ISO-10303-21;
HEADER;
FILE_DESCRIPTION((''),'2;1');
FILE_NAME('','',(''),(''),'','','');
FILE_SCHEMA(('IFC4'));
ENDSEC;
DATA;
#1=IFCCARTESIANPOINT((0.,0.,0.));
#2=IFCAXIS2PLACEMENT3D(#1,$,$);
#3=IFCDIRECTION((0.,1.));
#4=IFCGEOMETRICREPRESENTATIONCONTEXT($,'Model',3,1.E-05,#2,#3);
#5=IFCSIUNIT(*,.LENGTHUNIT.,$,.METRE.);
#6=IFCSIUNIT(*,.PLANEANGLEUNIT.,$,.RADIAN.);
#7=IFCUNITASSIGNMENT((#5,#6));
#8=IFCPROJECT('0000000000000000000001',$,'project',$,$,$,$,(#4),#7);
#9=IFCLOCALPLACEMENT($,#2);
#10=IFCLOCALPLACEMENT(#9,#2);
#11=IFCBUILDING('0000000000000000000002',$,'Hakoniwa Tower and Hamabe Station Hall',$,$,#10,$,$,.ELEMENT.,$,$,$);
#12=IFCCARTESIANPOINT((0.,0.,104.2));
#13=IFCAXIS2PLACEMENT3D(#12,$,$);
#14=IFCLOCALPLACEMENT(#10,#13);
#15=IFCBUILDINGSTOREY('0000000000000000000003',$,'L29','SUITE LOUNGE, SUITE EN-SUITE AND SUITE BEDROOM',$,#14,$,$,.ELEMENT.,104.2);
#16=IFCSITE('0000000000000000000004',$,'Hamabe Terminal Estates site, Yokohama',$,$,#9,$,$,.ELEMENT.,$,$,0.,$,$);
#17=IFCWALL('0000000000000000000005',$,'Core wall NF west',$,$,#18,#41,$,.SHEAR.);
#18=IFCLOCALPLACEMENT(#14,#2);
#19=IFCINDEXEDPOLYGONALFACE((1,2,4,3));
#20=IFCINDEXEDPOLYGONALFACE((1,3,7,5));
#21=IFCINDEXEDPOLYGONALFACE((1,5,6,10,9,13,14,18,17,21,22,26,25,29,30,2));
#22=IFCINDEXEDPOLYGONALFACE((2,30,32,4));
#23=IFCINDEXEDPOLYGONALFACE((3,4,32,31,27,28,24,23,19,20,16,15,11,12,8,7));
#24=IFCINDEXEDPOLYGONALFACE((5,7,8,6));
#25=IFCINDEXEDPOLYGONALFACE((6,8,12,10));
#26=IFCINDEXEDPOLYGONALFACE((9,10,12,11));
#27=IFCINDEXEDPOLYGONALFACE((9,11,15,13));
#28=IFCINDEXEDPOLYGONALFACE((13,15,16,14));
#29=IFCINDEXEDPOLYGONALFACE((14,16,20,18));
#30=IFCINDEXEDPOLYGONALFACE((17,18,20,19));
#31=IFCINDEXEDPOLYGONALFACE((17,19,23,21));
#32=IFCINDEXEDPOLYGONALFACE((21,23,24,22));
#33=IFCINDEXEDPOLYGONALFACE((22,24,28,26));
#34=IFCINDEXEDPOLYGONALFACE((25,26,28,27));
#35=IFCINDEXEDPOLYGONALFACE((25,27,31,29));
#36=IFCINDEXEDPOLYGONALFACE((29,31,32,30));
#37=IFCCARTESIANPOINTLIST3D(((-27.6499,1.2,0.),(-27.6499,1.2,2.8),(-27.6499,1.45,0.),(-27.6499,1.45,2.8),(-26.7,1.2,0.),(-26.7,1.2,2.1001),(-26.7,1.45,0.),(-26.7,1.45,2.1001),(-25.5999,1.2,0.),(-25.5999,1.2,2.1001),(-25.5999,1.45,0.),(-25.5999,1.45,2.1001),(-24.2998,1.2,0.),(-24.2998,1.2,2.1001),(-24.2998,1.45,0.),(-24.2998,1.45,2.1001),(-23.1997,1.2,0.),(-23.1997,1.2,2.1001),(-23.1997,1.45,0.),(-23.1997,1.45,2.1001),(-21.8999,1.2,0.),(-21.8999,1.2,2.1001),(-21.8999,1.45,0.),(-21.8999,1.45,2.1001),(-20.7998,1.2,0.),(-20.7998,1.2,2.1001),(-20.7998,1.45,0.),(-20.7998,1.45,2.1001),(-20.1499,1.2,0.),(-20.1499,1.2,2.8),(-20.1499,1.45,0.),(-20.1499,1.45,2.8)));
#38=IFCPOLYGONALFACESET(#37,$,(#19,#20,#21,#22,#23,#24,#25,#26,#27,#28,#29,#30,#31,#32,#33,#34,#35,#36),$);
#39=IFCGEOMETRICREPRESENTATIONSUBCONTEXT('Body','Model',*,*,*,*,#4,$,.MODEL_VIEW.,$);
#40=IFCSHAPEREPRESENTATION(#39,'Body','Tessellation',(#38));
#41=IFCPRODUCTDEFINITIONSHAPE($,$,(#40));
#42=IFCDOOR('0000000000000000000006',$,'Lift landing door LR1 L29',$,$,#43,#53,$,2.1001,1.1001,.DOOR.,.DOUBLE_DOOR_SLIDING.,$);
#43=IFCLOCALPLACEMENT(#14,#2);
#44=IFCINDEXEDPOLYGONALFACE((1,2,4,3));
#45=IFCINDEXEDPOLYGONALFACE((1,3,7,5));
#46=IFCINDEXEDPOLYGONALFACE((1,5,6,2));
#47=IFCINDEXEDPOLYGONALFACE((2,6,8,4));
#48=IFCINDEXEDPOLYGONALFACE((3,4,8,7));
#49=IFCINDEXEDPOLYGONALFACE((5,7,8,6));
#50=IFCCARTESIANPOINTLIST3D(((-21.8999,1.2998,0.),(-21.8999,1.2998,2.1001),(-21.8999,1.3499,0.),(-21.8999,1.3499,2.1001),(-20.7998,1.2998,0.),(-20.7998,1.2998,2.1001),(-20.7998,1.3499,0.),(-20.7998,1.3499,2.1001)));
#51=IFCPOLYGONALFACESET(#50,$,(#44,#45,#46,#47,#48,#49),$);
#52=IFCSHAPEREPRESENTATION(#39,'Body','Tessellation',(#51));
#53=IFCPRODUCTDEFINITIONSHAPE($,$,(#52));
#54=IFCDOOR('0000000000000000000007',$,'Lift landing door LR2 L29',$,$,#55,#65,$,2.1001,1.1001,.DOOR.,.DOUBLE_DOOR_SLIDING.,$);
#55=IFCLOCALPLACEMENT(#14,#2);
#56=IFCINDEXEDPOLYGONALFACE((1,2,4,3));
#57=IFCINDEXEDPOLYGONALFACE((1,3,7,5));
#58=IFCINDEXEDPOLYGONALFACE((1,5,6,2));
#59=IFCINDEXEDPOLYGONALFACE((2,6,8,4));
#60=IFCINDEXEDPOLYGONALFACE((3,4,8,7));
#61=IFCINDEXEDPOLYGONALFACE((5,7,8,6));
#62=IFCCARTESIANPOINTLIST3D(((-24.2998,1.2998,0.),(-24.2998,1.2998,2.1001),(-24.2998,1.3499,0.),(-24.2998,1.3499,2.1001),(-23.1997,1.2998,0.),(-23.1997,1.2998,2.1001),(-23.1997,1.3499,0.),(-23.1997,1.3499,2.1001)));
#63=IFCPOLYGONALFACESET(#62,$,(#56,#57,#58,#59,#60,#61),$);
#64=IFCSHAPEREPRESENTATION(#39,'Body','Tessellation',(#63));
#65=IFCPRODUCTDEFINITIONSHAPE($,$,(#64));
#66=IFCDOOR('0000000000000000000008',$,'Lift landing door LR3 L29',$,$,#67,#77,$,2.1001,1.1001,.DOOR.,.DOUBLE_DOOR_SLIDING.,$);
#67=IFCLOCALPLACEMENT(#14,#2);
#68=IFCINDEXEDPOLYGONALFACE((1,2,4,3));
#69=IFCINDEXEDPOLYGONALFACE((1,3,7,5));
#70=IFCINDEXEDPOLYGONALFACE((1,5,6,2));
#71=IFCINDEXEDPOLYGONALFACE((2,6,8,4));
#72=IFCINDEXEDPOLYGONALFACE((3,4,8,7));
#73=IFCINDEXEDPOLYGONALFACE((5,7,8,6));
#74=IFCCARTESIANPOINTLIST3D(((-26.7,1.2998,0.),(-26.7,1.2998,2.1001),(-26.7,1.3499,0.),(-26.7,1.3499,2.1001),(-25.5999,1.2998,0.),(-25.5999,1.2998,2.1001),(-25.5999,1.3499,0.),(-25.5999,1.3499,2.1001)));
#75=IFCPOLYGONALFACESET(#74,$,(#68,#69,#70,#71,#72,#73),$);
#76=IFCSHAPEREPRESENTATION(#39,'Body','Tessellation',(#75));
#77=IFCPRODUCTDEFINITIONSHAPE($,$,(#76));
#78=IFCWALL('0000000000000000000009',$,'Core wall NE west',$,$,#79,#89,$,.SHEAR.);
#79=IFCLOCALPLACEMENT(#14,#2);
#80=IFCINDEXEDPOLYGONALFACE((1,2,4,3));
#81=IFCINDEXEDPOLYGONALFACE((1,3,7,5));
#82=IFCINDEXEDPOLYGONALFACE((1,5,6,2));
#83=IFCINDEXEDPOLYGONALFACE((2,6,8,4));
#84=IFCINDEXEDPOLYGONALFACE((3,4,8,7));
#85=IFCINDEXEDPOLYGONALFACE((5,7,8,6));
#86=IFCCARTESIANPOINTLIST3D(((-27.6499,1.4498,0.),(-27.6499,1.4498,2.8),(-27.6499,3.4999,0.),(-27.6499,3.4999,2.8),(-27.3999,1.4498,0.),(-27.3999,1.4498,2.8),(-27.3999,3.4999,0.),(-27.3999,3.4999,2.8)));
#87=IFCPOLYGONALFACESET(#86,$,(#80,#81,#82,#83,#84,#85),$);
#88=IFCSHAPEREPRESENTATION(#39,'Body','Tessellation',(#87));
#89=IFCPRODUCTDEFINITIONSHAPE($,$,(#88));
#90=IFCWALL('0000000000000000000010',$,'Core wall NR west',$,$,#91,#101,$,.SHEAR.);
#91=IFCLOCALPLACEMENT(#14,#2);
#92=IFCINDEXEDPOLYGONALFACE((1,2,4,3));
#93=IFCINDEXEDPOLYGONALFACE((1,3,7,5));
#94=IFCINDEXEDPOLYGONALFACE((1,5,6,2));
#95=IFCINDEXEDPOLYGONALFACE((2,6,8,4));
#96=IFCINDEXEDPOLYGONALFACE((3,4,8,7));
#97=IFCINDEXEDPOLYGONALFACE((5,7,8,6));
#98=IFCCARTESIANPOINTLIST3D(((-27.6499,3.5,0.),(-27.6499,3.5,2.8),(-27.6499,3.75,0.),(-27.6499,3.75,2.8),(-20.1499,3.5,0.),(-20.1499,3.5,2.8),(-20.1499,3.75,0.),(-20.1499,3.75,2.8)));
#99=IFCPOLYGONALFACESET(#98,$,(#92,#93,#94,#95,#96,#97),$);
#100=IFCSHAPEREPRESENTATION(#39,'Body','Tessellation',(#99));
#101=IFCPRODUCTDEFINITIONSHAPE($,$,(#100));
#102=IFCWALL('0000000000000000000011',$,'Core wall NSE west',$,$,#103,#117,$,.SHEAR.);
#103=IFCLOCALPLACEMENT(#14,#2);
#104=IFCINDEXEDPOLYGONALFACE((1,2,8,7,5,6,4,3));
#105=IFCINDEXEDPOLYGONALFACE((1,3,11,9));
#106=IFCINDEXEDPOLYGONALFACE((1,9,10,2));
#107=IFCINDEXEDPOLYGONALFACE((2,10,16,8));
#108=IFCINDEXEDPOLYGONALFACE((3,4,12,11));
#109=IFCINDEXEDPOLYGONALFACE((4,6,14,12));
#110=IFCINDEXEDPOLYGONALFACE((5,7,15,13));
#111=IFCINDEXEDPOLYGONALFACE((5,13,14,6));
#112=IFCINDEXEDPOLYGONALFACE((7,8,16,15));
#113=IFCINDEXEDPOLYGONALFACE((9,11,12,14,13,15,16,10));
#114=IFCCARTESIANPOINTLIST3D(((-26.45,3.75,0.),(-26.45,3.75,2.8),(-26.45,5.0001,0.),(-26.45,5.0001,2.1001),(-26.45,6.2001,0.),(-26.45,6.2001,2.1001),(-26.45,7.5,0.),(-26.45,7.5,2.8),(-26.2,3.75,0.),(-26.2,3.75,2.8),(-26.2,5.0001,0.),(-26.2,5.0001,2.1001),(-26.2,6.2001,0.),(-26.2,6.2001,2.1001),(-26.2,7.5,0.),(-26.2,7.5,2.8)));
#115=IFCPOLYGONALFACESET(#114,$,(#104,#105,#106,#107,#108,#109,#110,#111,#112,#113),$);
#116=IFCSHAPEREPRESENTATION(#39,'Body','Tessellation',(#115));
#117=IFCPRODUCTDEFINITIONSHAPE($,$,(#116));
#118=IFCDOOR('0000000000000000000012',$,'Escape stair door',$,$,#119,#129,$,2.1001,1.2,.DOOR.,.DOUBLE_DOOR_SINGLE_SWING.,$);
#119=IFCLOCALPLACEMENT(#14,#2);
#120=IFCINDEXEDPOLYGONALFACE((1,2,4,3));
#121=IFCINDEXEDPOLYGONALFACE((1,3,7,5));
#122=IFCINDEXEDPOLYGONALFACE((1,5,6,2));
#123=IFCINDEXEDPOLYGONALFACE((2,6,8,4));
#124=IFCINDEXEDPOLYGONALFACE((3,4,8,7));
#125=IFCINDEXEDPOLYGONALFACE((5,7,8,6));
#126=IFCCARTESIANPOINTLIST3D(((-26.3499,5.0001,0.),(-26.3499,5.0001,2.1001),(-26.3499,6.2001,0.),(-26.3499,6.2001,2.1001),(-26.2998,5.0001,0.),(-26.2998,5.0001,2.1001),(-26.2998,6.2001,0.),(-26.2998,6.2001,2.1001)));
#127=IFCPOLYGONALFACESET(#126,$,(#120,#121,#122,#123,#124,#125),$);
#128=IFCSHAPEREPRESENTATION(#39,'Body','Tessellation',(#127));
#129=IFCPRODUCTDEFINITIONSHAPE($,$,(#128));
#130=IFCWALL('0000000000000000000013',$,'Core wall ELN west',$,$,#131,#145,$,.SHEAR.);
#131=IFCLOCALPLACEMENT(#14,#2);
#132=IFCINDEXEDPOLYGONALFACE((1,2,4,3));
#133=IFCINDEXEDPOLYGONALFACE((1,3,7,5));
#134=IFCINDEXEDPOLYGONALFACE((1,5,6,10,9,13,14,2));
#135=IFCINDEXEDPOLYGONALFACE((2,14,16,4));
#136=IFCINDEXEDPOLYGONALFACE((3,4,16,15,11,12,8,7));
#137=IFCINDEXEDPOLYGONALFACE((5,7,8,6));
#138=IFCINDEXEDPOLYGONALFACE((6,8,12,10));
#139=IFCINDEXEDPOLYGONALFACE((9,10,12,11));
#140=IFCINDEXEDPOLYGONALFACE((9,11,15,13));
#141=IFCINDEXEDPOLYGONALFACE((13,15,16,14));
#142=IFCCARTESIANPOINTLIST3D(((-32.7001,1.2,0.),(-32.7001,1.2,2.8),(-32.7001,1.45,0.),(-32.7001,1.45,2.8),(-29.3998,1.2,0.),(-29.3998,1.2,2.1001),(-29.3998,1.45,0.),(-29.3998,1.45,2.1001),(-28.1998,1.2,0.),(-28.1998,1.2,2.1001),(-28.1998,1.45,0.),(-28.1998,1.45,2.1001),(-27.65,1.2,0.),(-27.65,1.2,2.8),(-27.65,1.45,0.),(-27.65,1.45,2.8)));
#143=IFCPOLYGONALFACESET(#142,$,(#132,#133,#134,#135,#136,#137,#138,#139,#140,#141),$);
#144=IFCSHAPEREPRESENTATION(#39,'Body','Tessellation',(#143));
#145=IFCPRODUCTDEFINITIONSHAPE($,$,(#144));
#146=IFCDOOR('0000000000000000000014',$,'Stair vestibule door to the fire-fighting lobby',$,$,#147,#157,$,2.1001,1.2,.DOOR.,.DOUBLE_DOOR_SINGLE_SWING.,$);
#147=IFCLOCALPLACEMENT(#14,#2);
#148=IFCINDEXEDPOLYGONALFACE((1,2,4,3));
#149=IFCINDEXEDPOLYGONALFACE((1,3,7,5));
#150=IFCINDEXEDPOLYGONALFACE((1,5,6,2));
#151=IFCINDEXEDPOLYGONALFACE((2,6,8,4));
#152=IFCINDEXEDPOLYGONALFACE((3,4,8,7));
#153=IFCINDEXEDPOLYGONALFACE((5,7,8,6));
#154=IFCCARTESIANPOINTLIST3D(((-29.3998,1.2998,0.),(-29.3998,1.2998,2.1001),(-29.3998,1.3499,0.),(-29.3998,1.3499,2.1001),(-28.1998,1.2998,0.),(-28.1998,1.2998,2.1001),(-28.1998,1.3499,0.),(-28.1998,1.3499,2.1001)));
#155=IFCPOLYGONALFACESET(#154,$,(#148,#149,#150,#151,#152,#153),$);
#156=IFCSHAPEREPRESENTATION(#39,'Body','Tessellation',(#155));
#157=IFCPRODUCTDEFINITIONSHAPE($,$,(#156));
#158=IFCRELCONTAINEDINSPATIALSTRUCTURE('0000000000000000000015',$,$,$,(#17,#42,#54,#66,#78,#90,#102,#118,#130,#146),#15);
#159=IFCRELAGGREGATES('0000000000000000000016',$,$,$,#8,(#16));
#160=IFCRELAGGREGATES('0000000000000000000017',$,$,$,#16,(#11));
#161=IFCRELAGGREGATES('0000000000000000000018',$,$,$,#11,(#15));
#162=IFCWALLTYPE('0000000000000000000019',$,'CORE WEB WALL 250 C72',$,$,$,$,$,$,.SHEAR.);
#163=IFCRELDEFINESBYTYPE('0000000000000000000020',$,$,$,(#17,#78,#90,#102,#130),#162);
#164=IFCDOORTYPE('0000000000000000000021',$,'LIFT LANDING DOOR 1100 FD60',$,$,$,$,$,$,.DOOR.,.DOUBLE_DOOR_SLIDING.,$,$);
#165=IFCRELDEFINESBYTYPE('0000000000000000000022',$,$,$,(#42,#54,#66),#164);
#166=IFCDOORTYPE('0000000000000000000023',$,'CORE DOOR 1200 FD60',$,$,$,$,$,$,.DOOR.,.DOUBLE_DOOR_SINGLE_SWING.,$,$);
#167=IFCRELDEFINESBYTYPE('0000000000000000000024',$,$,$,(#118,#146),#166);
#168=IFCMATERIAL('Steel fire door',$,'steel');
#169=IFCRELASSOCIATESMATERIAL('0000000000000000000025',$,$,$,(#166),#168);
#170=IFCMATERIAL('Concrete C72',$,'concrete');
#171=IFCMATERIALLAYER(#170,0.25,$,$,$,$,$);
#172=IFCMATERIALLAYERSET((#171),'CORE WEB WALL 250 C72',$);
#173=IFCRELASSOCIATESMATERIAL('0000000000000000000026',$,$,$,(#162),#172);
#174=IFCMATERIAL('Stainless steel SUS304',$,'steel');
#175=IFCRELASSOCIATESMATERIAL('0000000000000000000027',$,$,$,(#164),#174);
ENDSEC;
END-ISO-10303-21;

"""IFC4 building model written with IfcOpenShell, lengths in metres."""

from ifc_helpers import new_model, si_unit, direction, frame, frame_2d, origin, place, context, subcontext, project, spatial, rectangle, extrude, material, layer, layer_set, type_object, element, fill, save


model = new_model("IFC4")

# Units and contexts
model_context = context("Model", 3, precision=1e-05, world=origin(), true_north=direction((0.0, 1.0)))
body_context = subcontext(model_context, "Body", "Model", "MODEL_VIEW")
ifc_project = project(units=[si_unit("LENGTHUNIT", "METRE"), si_unit("PLANEANGLEUNIT", "RADIAN")], contexts=[model_context])

# Site, building, storey
site_placement = place(None, origin())
site = spatial("IfcSite", under=ifc_project, at=site_placement, Name="Hamabe Terminal Estates site, Yokohama", CompositionType="ELEMENT", RefElevation=0.0)
building_placement = place(site_placement, origin())
building = spatial("IfcBuilding", under=site, at=building_placement, Name="Hakoniwa Tower and Hamabe Station Hall", CompositionType="ELEMENT")
storey_placement = place(building_placement, frame((0.0, 0.0, 104.2)))
storey = spatial("IfcBuildingStorey", under=building, at=storey_placement, Name="L29", Description="SUITE LOUNGE, SUITE EN-SUITE AND SUITE BEDROOM", CompositionType="ELEMENT", Elevation=104.2)

# Shared definitions
ifc_material_1 = material(Name="Steel fire door", Category="steel")
door_type_1 = type_object("IfcDoorType", Name="CORE DOOR 1200 FD60", OperationType="DOUBLE_DOOR_SINGLE_SWING", PredefinedType="DOOR", material=ifc_material_1)

# Wall, openings, doors
ifc_material_2 = material(Name="Concrete C72", Category="concrete")
ifc_layer_1 = layer(ifc_material_2, 0.25)
ifc_layer_set_1 = layer_set([ifc_layer_1], Name="CORE WEB WALL 250 C72")
wall_type_1 = type_object("IfcWallType", Name="CORE WEB WALL 250 C72", PredefinedType="SHEAR", material=ifc_layer_set_1)
wall_1_placement = place(storey_placement, frame((-27.6499, 1.325, 0.0), z_axis=(0.0, 0.0, 1.0), x_axis=(1.0, 0.0, 0.0)))
wall_1 = element("IfcWall", 1, at=wall_1_placement, inside=storey, type_object=wall_type_1, Name="Core wall NF west", PredefinedType="SHEAR", context=body_context, shape_type="SweptSolid", body=[
    extrude(rectangle(XDim=7.5, YDim=0.25, at=frame_2d((3.75, 0.0))), origin(), (0.0, 0.0, 1.0), 2.8),
])
opening_1_placement = place(wall_1_placement, frame((5.75, 0.0, 0.0)))
opening_1 = element("IfcOpeningElement", 2, at=opening_1_placement, cuts=wall_1, PredefinedType="OPENING", context=body_context, shape_type="SweptSolid", body=[
    extrude(rectangle(XDim=1.1001, YDim=2.1001, at=frame_2d((0.55, 1.05))), frame((0.0, 0.135, 0.0), z_axis=(0.0, -1.0, 0.0), x_axis=(1.0, 0.0, 0.0)), (0.0, 0.0, 1.0), 0.27),
])
opening_2_placement = place(wall_1_placement, frame((3.3501, 0.0, 0.0)))
opening_2 = element("IfcOpeningElement", 3, at=opening_2_placement, cuts=wall_1, PredefinedType="OPENING", context=body_context, shape_type="SweptSolid", body=[
    extrude(rectangle(XDim=1.1001, YDim=2.1001, at=frame_2d((0.55, 1.05))), frame((0.0, 0.135, 0.0), z_axis=(0.0, -1.0, 0.0), x_axis=(1.0, 0.0, 0.0)), (0.0, 0.0, 1.0), 0.27),
])
opening_3_placement = place(wall_1_placement, frame((0.95, 0.0, 0.0)))
opening_3 = element("IfcOpeningElement", 4, at=opening_3_placement, cuts=wall_1, PredefinedType="OPENING", context=body_context, shape_type="SweptSolid", body=[
    extrude(rectangle(XDim=1.1001, YDim=2.1001, at=frame_2d((0.55, 1.05))), frame((0.0, 0.135, 0.0), z_axis=(0.0, -1.0, 0.0), x_axis=(1.0, 0.0, 0.0)), (0.0, 0.0, 1.0), 0.27),
])
ifc_material_3 = material(Name="Stainless steel SUS304", Category="steel")
door_type_2 = type_object("IfcDoorType", Name="LIFT LANDING DOOR 1100 FD60", OperationType="DOUBLE_DOOR_SLIDING", PredefinedType="DOOR", material=ifc_material_3)
door_1_placement = place(opening_1_placement, origin())
door_1 = element("IfcDoor", 5, at=door_1_placement, inside=storey, type_object=door_type_2, Name="Lift landing door LR1 L29", OperationType="DOUBLE_DOOR_SLIDING", OverallHeight=2.1001, OverallWidth=1.1001, PredefinedType="DOOR", context=body_context, shape_type="SweptSolid", body=[
    extrude(rectangle(XDim=1.1001, YDim=2.1001, at=frame_2d((0.55, 1.05))), frame((0.0, 0.0249, 0.0), z_axis=(0.0, -1.0, 0.0), x_axis=(1.0, 0.0, 0.0)), (0.0, 0.0, 1.0), 0.05),
])
fill(opening_1, door_1)
door_2_placement = place(opening_2_placement, origin())
door_2 = element("IfcDoor", 6, at=door_2_placement, inside=storey, type_object=door_type_2, Name="Lift landing door LR2 L29", OperationType="DOUBLE_DOOR_SLIDING", OverallHeight=2.1001, OverallWidth=1.1001, PredefinedType="DOOR", context=body_context, shape_type="SweptSolid", body=[
    extrude(rectangle(XDim=1.1001, YDim=2.1001, at=frame_2d((0.55, 1.05))), frame((0.0, 0.0249, 0.0), z_axis=(0.0, -1.0, 0.0), x_axis=(1.0, 0.0, 0.0)), (0.0, 0.0, 1.0), 0.05),
])
fill(opening_2, door_2)
door_3_placement = place(opening_3_placement, origin())
door_3 = element("IfcDoor", 7, at=door_3_placement, inside=storey, type_object=door_type_2, Name="Lift landing door LR3 L29", OperationType="DOUBLE_DOOR_SLIDING", OverallHeight=2.1001, OverallWidth=1.1001, PredefinedType="DOOR", context=body_context, shape_type="SweptSolid", body=[
    extrude(rectangle(XDim=1.1001, YDim=2.1001, at=frame_2d((0.55, 1.05))), frame((0.0, 0.0249, 0.0), z_axis=(0.0, -1.0, 0.0), x_axis=(1.0, 0.0, 0.0)), (0.0, 0.0, 1.0), 0.05),
])
fill(opening_3, door_3)

# Walls
wall_2_placement = place(storey_placement, frame((-27.5249, 1.45, 0.0), z_axis=(0.0, 0.0, 1.0), x_axis=(0.0, 1.0, 0.0)))
element("IfcWall", 8, at=wall_2_placement, inside=storey, type_object=wall_type_1, Name="Core wall NE west", PredefinedType="SHEAR", context=body_context, shape_type="SweptSolid", body=[
    extrude(rectangle(XDim=2.05, YDim=0.25, at=frame_2d((1.0249, 0.0))), origin(), (0.0, 0.0, 1.0), 2.8),
])
wall_3_placement = place(storey_placement, frame((-27.6499, 3.625, 0.0), z_axis=(0.0, 0.0, 1.0), x_axis=(1.0, 0.0, 0.0)))
element("IfcWall", 9, at=wall_3_placement, inside=storey, type_object=wall_type_1, Name="Core wall NR west", PredefinedType="SHEAR", context=body_context, shape_type="SweptSolid", body=[
    extrude(rectangle(XDim=7.5, YDim=0.25, at=frame_2d((3.75, 0.0))), origin(), (0.0, 0.0, 1.0), 2.8),
])

# Walls, openings, doors
wall_4_placement = place(storey_placement, frame((-26.325, 3.75, 0.0), z_axis=(0.0, 0.0, 1.0), x_axis=(0.0, 1.0, 0.0)))
wall_4 = element("IfcWall", 10, at=wall_4_placement, inside=storey, type_object=wall_type_1, Name="Core wall NSE west", PredefinedType="SHEAR", context=body_context, shape_type="SweptSolid", body=[
    extrude(rectangle(XDim=3.75, YDim=0.25, at=frame_2d((1.875, 0.0))), origin(), (0.0, 0.0, 1.0), 2.8),
])
opening_4_placement = place(wall_4_placement, frame((1.25, 0.0, 0.0)))
opening_4 = element("IfcOpeningElement", 11, at=opening_4_placement, cuts=wall_4, PredefinedType="OPENING", context=body_context, shape_type="SweptSolid", body=[
    extrude(rectangle(XDim=1.2, YDim=2.1001, at=frame_2d((0.6001, 1.05))), frame((0.0, 0.135, 0.0), z_axis=(0.0, -1.0, 0.0), x_axis=(1.0, 0.0, 0.0)), (0.0, 0.0, 1.0), 0.27),
])
door_4_placement = place(opening_4_placement, origin())
door_4 = element("IfcDoor", 12, at=door_4_placement, inside=storey, type_object=door_type_1, Name="Escape stair door", OperationType="DOUBLE_DOOR_SINGLE_SWING", OverallHeight=2.1001, OverallWidth=1.2, PredefinedType="DOOR", context=body_context, shape_type="SweptSolid", body=[
    extrude(rectangle(XDim=1.2, YDim=2.1001, at=frame_2d((0.6001, 1.05))), frame((0.0, 0.0249, 0.0), z_axis=(0.0, -1.0, 0.0), x_axis=(1.0, 0.0, 0.0)), (0.0, 0.0, 1.0), 0.05),
])
fill(opening_4, door_4)
wall_5_placement = place(storey_placement, frame((-32.7, 1.325, 0.0), z_axis=(0.0, 0.0, 1.0), x_axis=(1.0, 0.0, 0.0)))
wall_5 = element("IfcWall", 13, at=wall_5_placement, inside=storey, type_object=wall_type_1, Name="Core wall ELN west", PredefinedType="SHEAR", context=body_context, shape_type="SweptSolid", body=[
    extrude(rectangle(XDim=5.05, YDim=0.25, at=frame_2d((2.5249, 0.0))), origin(), (0.0, 0.0, 1.0), 2.8),
])
opening_5_placement = place(wall_5_placement, frame((3.3, 0.0, 0.0)))
opening_5 = element("IfcOpeningElement", 14, at=opening_5_placement, cuts=wall_5, PredefinedType="OPENING", context=body_context, shape_type="SweptSolid", body=[
    extrude(rectangle(XDim=1.2, YDim=2.1001, at=frame_2d((0.6001, 1.05))), frame((0.0, 0.135, 0.0), z_axis=(0.0, -1.0, 0.0), x_axis=(1.0, 0.0, 0.0)), (0.0, 0.0, 1.0), 0.27),
])
door_5_placement = place(opening_5_placement, origin())
door_5 = element("IfcDoor", 15, at=door_5_placement, inside=storey, type_object=door_type_1, Name="Stair vestibule door to the fire-fighting lobby", OperationType="DOUBLE_DOOR_SINGLE_SWING", OverallHeight=2.1001, OverallWidth=1.2, PredefinedType="DOOR", context=body_context, shape_type="SweptSolid", body=[
    extrude(rectangle(XDim=1.2, YDim=2.1001, at=frame_2d((0.6001, 1.05))), frame((0.0, 0.0249, 0.0), z_axis=(0.0, -1.0, 0.0), x_axis=(1.0, 0.0, 0.0)), (0.0, 0.0, 1.0), 0.05),
])
fill(opening_5, door_5)

save(model, "model.ifc")
